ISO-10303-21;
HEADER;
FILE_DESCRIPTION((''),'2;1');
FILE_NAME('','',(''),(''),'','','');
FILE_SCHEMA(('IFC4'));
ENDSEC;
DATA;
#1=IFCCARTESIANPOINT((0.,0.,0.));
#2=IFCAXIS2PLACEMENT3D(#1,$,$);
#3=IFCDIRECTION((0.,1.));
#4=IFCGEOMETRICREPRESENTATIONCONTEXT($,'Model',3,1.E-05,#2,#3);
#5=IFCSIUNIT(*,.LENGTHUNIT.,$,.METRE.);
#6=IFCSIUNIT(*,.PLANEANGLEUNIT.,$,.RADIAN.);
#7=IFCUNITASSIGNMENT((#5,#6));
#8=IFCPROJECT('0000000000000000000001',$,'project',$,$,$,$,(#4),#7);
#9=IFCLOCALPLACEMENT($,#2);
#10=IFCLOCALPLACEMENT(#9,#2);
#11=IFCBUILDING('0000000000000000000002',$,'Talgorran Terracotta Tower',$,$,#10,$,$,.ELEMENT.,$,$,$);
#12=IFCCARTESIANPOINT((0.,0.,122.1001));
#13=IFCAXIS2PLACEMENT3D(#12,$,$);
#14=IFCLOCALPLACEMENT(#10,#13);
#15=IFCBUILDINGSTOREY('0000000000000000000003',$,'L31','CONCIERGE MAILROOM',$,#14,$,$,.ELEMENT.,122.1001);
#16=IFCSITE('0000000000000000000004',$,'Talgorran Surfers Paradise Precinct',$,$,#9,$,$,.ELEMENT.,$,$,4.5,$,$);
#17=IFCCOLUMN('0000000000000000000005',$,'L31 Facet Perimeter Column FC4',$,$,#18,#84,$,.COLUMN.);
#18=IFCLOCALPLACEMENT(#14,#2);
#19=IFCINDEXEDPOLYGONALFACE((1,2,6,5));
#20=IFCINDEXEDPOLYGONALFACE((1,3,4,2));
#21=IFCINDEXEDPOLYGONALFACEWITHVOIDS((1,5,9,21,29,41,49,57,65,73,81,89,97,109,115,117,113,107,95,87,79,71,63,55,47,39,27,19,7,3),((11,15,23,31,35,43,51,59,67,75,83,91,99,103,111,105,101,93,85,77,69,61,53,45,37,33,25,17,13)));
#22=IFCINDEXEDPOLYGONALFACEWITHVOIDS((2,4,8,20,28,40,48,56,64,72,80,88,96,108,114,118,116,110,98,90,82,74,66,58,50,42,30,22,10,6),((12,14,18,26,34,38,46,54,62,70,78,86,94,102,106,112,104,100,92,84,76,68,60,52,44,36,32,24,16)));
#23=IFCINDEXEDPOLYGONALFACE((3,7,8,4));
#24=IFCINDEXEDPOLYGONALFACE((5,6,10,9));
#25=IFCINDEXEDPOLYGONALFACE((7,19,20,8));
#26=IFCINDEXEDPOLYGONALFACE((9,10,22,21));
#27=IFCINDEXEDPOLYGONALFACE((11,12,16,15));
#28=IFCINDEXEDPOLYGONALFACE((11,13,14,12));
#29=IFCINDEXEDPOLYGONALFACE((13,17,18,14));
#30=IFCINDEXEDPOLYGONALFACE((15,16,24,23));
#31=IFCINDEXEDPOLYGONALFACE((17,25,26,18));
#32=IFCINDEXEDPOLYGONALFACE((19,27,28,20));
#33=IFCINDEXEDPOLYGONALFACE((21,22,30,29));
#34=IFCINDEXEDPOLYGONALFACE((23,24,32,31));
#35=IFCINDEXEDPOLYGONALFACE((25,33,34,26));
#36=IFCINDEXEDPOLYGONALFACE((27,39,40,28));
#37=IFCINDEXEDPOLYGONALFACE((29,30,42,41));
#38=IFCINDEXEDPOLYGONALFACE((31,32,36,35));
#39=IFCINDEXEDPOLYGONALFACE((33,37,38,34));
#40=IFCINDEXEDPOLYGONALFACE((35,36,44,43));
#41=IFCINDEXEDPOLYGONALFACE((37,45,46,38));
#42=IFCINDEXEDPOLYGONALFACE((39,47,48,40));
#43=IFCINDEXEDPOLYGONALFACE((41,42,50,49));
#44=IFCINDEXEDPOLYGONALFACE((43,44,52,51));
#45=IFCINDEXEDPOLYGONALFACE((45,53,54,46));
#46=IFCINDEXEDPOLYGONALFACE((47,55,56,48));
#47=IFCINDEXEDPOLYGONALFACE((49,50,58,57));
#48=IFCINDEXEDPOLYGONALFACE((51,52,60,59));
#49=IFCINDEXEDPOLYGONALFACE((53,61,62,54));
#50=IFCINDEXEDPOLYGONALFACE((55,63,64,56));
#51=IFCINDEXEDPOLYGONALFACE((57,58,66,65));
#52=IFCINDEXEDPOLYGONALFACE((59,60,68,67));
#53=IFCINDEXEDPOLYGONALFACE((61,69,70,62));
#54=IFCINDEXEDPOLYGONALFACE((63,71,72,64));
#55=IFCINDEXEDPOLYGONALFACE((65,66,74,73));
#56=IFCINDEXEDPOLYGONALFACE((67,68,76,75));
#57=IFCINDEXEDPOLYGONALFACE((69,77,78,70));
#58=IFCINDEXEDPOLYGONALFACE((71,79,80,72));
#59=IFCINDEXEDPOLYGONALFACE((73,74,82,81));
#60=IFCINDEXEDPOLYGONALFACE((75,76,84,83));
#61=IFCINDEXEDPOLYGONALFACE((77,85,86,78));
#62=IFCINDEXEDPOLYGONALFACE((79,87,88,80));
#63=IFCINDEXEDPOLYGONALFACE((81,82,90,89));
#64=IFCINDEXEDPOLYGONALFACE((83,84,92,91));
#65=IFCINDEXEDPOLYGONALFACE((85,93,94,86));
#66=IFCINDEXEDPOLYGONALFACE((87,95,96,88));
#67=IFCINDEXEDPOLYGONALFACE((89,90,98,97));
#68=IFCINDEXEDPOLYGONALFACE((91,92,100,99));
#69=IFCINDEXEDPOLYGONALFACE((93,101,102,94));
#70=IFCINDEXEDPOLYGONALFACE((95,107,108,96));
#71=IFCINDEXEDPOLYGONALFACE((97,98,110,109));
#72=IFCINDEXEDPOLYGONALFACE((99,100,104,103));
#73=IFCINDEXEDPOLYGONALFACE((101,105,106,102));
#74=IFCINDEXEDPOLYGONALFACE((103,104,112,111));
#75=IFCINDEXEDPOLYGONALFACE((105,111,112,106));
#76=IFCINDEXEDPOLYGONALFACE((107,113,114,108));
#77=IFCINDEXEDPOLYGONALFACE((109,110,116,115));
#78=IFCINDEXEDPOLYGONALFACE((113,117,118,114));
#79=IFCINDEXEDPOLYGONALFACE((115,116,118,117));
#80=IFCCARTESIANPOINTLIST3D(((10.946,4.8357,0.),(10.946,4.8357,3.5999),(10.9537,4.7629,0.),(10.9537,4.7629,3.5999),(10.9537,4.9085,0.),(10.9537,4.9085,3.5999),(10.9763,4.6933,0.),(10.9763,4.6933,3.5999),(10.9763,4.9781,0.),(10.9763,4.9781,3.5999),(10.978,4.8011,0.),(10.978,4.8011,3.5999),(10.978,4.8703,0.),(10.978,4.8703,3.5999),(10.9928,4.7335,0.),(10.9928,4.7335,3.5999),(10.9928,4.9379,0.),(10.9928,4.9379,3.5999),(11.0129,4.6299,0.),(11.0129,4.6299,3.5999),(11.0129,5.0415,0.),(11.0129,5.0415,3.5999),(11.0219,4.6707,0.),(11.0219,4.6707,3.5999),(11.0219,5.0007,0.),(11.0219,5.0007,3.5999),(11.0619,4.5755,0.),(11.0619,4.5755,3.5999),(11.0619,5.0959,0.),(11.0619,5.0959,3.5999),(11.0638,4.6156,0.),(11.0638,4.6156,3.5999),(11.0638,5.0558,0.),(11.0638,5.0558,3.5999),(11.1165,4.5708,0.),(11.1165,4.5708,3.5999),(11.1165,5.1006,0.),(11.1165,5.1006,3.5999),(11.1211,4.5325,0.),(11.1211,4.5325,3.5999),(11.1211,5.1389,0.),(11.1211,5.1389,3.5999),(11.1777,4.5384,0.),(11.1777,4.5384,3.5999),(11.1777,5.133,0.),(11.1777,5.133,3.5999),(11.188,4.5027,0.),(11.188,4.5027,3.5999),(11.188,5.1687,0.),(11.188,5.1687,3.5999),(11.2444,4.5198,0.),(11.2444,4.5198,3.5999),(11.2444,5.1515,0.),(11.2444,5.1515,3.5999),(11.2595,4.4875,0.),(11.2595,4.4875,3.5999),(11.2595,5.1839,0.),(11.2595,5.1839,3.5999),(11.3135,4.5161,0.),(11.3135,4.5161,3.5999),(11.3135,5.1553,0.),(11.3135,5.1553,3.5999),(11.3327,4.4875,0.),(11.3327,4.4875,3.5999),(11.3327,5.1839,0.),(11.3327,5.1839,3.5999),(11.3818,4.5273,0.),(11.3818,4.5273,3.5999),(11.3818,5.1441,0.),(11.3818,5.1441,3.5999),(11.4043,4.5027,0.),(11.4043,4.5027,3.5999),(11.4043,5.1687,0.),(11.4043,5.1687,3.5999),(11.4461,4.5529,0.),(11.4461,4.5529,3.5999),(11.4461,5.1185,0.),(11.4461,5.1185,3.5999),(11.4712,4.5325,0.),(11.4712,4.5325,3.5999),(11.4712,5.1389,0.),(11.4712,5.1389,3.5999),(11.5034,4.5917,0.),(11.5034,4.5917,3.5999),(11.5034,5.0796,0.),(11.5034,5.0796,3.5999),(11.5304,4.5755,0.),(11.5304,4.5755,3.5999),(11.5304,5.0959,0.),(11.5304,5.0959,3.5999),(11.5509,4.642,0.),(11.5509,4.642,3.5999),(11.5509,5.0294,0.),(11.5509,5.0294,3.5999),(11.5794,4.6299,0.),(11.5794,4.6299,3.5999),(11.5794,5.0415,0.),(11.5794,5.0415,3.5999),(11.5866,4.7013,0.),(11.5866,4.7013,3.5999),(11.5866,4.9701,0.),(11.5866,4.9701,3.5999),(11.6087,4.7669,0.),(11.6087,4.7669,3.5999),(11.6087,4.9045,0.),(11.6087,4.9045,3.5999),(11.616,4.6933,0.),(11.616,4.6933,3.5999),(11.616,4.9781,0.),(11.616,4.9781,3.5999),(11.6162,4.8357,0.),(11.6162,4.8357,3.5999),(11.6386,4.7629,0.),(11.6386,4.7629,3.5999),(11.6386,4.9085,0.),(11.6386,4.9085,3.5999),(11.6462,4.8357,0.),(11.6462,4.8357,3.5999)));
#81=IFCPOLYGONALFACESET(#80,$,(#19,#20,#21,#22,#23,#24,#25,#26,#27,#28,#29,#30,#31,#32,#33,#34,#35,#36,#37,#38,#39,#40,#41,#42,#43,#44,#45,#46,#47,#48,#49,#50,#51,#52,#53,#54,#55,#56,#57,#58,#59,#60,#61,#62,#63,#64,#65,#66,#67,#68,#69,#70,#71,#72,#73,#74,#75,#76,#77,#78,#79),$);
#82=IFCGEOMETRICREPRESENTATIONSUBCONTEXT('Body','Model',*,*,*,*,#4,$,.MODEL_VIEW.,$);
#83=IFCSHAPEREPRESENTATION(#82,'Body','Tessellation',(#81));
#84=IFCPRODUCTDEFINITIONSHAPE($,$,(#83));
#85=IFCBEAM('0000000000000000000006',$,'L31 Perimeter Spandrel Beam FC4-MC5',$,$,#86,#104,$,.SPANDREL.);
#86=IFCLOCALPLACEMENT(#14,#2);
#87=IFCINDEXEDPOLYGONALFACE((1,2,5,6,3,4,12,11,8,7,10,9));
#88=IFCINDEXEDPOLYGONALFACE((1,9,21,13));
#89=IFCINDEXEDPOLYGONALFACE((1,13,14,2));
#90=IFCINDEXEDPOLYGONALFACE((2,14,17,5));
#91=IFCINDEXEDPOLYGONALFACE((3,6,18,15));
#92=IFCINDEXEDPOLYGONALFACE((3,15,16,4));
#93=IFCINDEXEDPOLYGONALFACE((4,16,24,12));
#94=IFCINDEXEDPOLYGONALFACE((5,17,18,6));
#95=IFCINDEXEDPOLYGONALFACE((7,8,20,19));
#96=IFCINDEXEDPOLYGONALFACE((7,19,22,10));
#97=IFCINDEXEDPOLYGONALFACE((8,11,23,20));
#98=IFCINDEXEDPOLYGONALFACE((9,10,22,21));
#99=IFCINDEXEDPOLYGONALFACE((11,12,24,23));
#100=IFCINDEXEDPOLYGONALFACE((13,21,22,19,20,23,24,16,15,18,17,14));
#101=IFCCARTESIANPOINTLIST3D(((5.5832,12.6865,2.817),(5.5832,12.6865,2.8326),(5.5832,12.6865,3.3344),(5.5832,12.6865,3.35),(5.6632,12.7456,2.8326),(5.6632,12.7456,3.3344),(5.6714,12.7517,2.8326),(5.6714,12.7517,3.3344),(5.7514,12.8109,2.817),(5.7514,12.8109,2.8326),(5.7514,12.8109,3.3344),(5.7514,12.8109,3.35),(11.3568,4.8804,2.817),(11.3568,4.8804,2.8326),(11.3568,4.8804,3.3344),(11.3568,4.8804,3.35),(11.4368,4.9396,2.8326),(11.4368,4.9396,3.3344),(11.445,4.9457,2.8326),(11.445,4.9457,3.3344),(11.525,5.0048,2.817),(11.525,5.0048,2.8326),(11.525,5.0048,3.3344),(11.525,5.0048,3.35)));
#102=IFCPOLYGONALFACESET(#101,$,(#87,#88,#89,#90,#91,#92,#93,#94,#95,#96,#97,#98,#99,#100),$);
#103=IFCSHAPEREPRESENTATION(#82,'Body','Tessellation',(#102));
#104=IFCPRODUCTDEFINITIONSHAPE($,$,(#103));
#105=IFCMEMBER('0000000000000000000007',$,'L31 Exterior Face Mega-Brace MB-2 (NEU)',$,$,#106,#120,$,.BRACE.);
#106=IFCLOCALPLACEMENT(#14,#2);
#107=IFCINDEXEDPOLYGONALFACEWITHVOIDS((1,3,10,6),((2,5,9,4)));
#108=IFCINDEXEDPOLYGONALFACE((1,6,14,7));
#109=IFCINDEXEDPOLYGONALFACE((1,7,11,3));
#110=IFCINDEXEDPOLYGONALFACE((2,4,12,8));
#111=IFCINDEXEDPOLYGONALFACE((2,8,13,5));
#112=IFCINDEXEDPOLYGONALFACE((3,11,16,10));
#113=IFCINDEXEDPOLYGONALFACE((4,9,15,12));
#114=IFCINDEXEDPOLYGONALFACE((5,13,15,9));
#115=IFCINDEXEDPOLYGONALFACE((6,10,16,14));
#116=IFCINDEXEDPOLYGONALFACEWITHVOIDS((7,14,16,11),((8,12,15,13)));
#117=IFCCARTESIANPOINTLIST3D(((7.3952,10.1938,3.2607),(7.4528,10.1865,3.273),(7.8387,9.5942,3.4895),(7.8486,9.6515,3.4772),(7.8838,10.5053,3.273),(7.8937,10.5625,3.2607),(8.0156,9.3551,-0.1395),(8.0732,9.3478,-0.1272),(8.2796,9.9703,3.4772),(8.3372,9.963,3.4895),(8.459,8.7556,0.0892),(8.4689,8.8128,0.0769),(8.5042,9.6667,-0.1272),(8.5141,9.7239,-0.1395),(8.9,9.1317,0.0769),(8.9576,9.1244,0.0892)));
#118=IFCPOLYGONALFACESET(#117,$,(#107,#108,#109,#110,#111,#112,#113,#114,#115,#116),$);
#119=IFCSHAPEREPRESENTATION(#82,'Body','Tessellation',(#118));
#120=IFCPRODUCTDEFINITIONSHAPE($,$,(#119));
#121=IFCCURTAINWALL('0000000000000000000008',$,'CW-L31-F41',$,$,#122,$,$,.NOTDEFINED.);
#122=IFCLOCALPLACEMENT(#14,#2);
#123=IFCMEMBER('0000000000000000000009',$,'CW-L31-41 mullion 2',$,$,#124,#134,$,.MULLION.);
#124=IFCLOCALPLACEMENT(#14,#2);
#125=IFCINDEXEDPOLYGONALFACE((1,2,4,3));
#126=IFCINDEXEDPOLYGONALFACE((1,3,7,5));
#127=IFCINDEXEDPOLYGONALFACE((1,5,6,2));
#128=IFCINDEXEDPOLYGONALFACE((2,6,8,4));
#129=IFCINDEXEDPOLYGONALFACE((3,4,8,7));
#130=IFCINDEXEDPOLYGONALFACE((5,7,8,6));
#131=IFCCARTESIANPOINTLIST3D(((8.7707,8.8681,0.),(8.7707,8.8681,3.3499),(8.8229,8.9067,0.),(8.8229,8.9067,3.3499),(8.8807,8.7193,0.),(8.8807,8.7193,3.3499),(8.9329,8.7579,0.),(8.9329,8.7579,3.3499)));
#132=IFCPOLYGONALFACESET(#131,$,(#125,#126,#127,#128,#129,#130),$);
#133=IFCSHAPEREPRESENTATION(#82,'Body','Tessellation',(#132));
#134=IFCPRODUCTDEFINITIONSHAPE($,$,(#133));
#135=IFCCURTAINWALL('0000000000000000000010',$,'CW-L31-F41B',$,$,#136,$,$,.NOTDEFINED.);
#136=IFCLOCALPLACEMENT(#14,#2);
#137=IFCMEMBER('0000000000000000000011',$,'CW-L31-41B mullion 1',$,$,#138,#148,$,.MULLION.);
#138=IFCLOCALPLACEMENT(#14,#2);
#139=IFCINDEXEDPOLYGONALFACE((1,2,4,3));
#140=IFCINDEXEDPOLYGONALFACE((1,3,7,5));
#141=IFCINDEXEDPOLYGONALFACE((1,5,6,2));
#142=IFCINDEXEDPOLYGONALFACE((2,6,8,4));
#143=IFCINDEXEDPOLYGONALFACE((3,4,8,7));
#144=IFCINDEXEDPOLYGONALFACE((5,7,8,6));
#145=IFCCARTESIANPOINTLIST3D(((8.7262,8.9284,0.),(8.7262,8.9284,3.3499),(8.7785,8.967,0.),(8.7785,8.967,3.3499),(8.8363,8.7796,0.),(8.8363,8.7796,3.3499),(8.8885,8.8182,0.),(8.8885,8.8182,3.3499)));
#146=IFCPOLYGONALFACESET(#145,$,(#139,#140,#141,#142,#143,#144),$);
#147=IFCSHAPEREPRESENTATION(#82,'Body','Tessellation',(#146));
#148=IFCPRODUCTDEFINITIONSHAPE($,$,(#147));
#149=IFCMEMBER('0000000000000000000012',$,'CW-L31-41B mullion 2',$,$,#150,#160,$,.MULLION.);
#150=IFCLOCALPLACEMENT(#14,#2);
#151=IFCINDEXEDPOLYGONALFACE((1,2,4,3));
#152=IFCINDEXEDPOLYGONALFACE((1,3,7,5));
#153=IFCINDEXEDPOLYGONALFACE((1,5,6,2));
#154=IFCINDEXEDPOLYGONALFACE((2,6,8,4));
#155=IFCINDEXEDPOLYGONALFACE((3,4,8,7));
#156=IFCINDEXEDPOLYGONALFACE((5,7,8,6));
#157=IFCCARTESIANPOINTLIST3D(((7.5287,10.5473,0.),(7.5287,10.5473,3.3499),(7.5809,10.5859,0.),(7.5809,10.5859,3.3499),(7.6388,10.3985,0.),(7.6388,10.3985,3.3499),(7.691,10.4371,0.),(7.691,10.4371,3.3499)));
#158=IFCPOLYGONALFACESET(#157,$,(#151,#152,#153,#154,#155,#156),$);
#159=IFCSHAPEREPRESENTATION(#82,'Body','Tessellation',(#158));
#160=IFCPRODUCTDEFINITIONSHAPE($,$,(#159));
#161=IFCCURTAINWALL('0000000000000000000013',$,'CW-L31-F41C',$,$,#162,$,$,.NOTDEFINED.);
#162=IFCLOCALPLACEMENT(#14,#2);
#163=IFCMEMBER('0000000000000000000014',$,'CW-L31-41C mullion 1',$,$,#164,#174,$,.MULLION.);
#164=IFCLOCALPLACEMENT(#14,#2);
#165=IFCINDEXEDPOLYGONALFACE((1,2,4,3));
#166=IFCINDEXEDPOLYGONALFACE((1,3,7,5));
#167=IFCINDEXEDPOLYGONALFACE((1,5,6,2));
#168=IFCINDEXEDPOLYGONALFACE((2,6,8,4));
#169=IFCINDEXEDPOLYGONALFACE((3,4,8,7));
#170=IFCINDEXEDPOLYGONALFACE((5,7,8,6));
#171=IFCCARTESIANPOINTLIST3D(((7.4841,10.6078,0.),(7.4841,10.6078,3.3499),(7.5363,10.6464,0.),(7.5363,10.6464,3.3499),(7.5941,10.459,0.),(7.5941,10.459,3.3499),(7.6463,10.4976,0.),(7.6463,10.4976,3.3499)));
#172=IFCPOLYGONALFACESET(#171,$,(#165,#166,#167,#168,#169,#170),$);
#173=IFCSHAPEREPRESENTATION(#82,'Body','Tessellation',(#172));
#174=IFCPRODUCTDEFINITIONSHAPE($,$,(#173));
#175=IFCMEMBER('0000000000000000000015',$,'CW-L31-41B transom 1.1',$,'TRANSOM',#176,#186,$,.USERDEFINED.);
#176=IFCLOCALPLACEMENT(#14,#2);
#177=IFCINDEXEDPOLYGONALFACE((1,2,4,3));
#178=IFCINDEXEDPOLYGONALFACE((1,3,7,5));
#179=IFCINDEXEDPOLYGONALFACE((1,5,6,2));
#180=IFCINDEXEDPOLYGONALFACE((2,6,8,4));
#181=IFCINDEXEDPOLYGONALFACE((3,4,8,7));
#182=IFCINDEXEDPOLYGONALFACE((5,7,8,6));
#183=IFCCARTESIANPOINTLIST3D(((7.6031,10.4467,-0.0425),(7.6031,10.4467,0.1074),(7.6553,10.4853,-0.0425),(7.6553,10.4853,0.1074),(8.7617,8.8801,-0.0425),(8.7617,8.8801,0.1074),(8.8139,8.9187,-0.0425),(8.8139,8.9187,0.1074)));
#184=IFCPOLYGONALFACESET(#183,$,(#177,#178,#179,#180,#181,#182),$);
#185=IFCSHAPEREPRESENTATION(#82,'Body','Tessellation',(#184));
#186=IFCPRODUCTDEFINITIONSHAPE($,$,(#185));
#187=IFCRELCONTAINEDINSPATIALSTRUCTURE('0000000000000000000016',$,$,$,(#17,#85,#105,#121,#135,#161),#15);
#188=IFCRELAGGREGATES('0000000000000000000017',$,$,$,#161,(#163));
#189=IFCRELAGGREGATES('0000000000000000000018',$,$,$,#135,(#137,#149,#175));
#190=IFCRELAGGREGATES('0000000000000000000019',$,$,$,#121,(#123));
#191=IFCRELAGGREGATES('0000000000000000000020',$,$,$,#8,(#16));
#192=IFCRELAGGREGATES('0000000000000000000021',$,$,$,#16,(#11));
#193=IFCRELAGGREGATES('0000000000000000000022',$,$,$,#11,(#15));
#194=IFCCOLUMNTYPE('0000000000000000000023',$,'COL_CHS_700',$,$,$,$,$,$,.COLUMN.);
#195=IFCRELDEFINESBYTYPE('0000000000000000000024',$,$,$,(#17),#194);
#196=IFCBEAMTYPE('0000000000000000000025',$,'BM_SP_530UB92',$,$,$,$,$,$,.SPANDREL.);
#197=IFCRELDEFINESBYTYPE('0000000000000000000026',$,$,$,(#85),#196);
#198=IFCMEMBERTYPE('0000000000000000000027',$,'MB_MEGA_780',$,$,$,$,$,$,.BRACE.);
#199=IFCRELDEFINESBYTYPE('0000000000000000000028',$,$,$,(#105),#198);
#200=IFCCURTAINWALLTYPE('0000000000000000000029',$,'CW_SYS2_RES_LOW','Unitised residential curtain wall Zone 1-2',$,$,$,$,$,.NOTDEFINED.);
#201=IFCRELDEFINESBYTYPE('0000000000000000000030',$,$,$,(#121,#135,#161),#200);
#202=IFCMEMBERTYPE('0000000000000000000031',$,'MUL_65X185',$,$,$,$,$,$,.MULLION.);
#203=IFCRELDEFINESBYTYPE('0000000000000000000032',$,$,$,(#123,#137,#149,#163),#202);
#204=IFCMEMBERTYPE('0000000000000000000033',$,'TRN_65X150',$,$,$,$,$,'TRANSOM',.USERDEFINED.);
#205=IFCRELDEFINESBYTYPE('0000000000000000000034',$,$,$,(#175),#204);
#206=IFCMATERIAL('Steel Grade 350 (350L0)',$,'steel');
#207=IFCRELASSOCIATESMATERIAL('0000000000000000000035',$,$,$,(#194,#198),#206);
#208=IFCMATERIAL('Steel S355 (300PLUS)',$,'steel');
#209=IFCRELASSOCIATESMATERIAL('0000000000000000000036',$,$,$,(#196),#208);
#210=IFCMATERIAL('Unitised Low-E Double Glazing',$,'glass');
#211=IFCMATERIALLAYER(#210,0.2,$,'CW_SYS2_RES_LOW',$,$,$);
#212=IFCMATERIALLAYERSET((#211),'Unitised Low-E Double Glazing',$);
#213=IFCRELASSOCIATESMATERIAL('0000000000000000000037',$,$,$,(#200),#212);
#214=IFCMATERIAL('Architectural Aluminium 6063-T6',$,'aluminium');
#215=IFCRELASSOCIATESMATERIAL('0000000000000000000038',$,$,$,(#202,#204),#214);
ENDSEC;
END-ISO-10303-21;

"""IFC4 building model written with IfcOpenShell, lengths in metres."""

from ifc_helpers import new_model, si_unit, direction, frame, origin, origin_2d, place, context, subcontext, project, spatial, rectangle, hollow_rectangle, hollow_circle, i_section, extrude, material, layer, layer_set, material_profile, profile_set, type_object, element, aggregate, save


model = new_model("IFC4")

# Units and contexts
model_context = context("Model", 3, precision=1e-05, world=origin(), true_north=direction((0.0, 1.0)))
body_context = subcontext(model_context, "Body", "Model", "MODEL_VIEW")
ifc_project = project(units=[si_unit("LENGTHUNIT", "METRE"), si_unit("PLANEANGLEUNIT", "RADIAN")], contexts=[model_context])

# Site, building, storey
site_placement = place(None, origin())
site = spatial("IfcSite", under=ifc_project, at=site_placement, Name="Talgorran Surfers Paradise Precinct", CompositionType="ELEMENT", RefElevation=4.5)
building_placement = place(site_placement, origin())
building = spatial("IfcBuilding", under=site, at=building_placement, Name="Talgorran Terracotta Tower", CompositionType="ELEMENT")
storey_placement = place(building_placement, frame((0.0, 0.0, 122.1001)))
storey = spatial("IfcBuildingStorey", under=building, at=storey_placement, Name="L31", Description="CONCIERGE MAILROOM", CompositionType="ELEMENT", Elevation=122.1001)

# Column
ifc_material_1 = material(Name="Steel Grade 350 (350L0)", Category="steel")
ifc_material_profile_1 = material_profile(ifc_material_1, hollow_circle(Radius=0.3501, WallThickness=0.03, at=origin_2d()), Name="CHS700X30")
ifc_profile_set_1 = profile_set([ifc_material_profile_1], Name="Steel Grade 350 (350L0)")
column_type = type_object("IfcColumnType", Name="COL_CHS_700", PredefinedType="COLUMN", material=ifc_profile_set_1)
column_placement = place(storey_placement, frame((11.2961, 4.8357, 0.0), z_axis=(0.0, 0.0, 1.0), x_axis=(1.0, 0.0, 0.0)))
element("IfcColumn", 1, at=column_placement, inside=storey, type_object=column_type, Name="L31 Facet Perimeter Column FC4", PredefinedType="COLUMN", context=body_context, shape_type="SweptSolid", body=[
    extrude(hollow_circle(Radius=0.3501, WallThickness=0.03, at=origin_2d()), origin(), (0.0, 0.0, 1.0), 3.5999),
])

# Beam
ifc_material_2 = material(Name="Steel S355 (300PLUS)", Category="steel")
ifc_material_profile_2 = material_profile(ifc_material_2, i_section(OverallWidth=0.2092, OverallDepth=0.533, WebThickness=0.0103, FlangeThickness=0.0156, at=origin_2d()), Name="530UB92.4")
ifc_profile_set_2 = profile_set([ifc_material_profile_2], Name="Steel S355 (300PLUS)")
beam_type = type_object("IfcBeamType", Name="BM_SP_530UB92", PredefinedType="SPANDREL", material=ifc_profile_set_2)
beam_placement = place(storey_placement, frame((11.4409, 4.9426, 3.0835), z_axis=(-0.594652, 0.803983, 0.0), x_axis=(-0.803983, -0.594652, 0.0)))
element("IfcBeam", 2, at=beam_placement, inside=storey, type_object=beam_type, Name="L31 Perimeter Spandrel Beam FC4-MC5", PredefinedType="SPANDREL", context=body_context, shape_type="SweptSolid", body=[
    extrude(i_section(OverallWidth=0.2092, OverallDepth=0.533, WebThickness=0.0103, FlangeThickness=0.0156, at=origin_2d()), origin(), (0.0, 0.0, 1.0), 9.7092),
])

# Member
ifc_material_profile_3 = material_profile(ifc_material_1, hollow_rectangle(XDim=0.6201, YDim=0.78, WallThickness=0.042, at=origin_2d()), Name="WBOX780X620X42")
ifc_profile_set_3 = profile_set([ifc_material_profile_3], Name="Steel Grade 350 (350L0)")
member_type_1 = type_object("IfcMemberType", Name="MB_MEGA_780", PredefinedType="BRACE", material=ifc_profile_set_3)
member_1_placement = place(storey_placement, frame((8.4866, 9.2397, -0.0251), z_axis=(-0.174427, 0.235796, 0.956021), x_axis=(-0.803943, -0.594707, 0.0)))
element("IfcMember", 3, at=member_1_placement, inside=storey, type_object=member_type_1, Name="L31 Exterior Face Mega-Brace MB-2 (NEU)", PredefinedType="BRACE", context=body_context, shape_type="SweptSolid", body=[
    extrude(hollow_rectangle(XDim=0.6201, YDim=0.78, WallThickness=0.042, at=origin_2d()), origin(), (0.0, 0.0, 1.0), 3.5566),
])

# Curtain wall, member
ifc_material_3 = material(Name="Unitised Low-E Double Glazing", Category="glass")
ifc_layer_1 = layer(ifc_material_3, 0.2, Name="CW_SYS2_RES_LOW")
ifc_layer_set_1 = layer_set([ifc_layer_1], Name="Unitised Low-E Double Glazing")
curtain_wall_type = type_object("IfcCurtainWallType", Name="CW_SYS2_RES_LOW", Description="Unitised residential curtain wall Zone 1-2", PredefinedType="NOTDEFINED", material=ifc_layer_set_1)
curtain_wall_1_placement = place(storey_placement, origin())
curtain_wall_1 = element("IfcCurtainWall", 4, at=curtain_wall_1_placement, inside=storey, type_object=curtain_wall_type, Name="CW-L31-F41", PredefinedType="NOTDEFINED")
ifc_material_4 = material(Name="Architectural Aluminium 6063-T6", Category="aluminium")
ifc_material_profile_4 = material_profile(ifc_material_4, rectangle(XDim=0.0649, YDim=0.1851, at=origin_2d()), Name="CWM65X185")
ifc_profile_set_4 = profile_set([ifc_material_profile_4], Name="Architectural Aluminium 6063-T6")
member_type_2 = type_object("IfcMemberType", Name="MUL_65X185", PredefinedType="MULLION", material=ifc_profile_set_4)
member_2_placement = place(storey_placement, frame((8.8518, 8.813, 0.0), z_axis=(0.0, 0.0, 1.0), x_axis=(-0.803997, -0.594633, 0.0)))
member_2 = element("IfcMember", 5, at=member_2_placement, type_object=member_type_2, Name="CW-L31-41 mullion 2", PredefinedType="MULLION", context=body_context, shape_type="SweptSolid", body=[
    extrude(rectangle(XDim=0.0649, YDim=0.1851, at=origin_2d()), origin(), (0.0, 0.0, 1.0), 3.3499),
])

# Curtain wall, members
curtain_wall_2_placement = place(storey_placement, origin())
curtain_wall_2 = element("IfcCurtainWall", 6, at=curtain_wall_2_placement, inside=storey, type_object=curtain_wall_type, Name="CW-L31-F41B", PredefinedType="NOTDEFINED")
member_3_placement = place(storey_placement, frame((8.8074, 8.8733, 0.0), z_axis=(0.0, 0.0, 1.0), x_axis=(-0.803994, -0.594637, 0.0)))
member_3 = element("IfcMember", 7, at=member_3_placement, type_object=member_type_2, Name="CW-L31-41B mullion 1", PredefinedType="MULLION", context=body_context, shape_type="SweptSolid", body=[
    extrude(rectangle(XDim=0.0649, YDim=0.1851, at=origin_2d()), origin(), (0.0, 0.0, 1.0), 3.3499),
])
member_4_placement = place(storey_placement, frame((7.6099, 10.4922, 0.0), z_axis=(0.0, 0.0, 1.0), x_axis=(-0.803994, -0.594637, 0.0)))
member_4 = element("IfcMember", 8, at=member_4_placement, type_object=member_type_2, Name="CW-L31-41B mullion 2", PredefinedType="MULLION", context=body_context, shape_type="SweptSolid", body=[
    extrude(rectangle(XDim=0.0649, YDim=0.1851, at=origin_2d()), origin(), (0.0, 0.0, 1.0), 3.3499),
])

# Curtain wall, member
curtain_wall_3_placement = place(storey_placement, origin())
curtain_wall_3 = element("IfcCurtainWall", 9, at=curtain_wall_3_placement, inside=storey, type_object=curtain_wall_type, Name="CW-L31-F41C", PredefinedType="NOTDEFINED")
member_5_placement = place(storey_placement, frame((7.5652, 10.5527, 0.0), z_axis=(0.0, 0.0, 1.0), x_axis=(-0.803992, -0.59464, 0.0)))
member_5 = element("IfcMember", 10, at=member_5_placement, type_object=member_type_2, Name="CW-L31-41C mullion 1", PredefinedType="MULLION", context=body_context, shape_type="SweptSolid", body=[
    extrude(rectangle(XDim=0.0649, YDim=0.1851, at=origin_2d()), origin(), (0.0, 0.0, 1.0), 3.3499),
])

# Member
ifc_material_profile_5 = material_profile(ifc_material_4, rectangle(XDim=0.0649, YDim=0.1499, at=origin_2d()), Name="CWT65X150")
ifc_profile_set_5 = profile_set([ifc_material_profile_5], Name="Architectural Aluminium 6063-T6")
member_type_3 = type_object("IfcMemberType", Name="TRN_65X150", ElementType="TRANSOM", PredefinedType="USERDEFINED", material=ifc_profile_set_5)
member_6_placement = place(storey_placement, frame((8.7878, 8.8994, 0.0325), z_axis=(-0.594634, 0.803996, 0.0), x_axis=(-0.803996, -0.594634, 0.0)))
member_6 = element("IfcMember", 11, at=member_6_placement, type_object=member_type_3, Name="CW-L31-41B transom 1.1", ObjectType="TRANSOM", PredefinedType="USERDEFINED", context=body_context, shape_type="SweptSolid", body=[
    extrude(rectangle(XDim=0.0649, YDim=0.1499, at=origin_2d()), origin(), (0.0, 0.0, 1.0), 1.9485),
])
aggregate(curtain_wall_3, [member_5])

aggregate(curtain_wall_2, [member_3, member_4, member_6])
aggregate(curtain_wall_1, [member_2])

save(model, "model.ifc")
